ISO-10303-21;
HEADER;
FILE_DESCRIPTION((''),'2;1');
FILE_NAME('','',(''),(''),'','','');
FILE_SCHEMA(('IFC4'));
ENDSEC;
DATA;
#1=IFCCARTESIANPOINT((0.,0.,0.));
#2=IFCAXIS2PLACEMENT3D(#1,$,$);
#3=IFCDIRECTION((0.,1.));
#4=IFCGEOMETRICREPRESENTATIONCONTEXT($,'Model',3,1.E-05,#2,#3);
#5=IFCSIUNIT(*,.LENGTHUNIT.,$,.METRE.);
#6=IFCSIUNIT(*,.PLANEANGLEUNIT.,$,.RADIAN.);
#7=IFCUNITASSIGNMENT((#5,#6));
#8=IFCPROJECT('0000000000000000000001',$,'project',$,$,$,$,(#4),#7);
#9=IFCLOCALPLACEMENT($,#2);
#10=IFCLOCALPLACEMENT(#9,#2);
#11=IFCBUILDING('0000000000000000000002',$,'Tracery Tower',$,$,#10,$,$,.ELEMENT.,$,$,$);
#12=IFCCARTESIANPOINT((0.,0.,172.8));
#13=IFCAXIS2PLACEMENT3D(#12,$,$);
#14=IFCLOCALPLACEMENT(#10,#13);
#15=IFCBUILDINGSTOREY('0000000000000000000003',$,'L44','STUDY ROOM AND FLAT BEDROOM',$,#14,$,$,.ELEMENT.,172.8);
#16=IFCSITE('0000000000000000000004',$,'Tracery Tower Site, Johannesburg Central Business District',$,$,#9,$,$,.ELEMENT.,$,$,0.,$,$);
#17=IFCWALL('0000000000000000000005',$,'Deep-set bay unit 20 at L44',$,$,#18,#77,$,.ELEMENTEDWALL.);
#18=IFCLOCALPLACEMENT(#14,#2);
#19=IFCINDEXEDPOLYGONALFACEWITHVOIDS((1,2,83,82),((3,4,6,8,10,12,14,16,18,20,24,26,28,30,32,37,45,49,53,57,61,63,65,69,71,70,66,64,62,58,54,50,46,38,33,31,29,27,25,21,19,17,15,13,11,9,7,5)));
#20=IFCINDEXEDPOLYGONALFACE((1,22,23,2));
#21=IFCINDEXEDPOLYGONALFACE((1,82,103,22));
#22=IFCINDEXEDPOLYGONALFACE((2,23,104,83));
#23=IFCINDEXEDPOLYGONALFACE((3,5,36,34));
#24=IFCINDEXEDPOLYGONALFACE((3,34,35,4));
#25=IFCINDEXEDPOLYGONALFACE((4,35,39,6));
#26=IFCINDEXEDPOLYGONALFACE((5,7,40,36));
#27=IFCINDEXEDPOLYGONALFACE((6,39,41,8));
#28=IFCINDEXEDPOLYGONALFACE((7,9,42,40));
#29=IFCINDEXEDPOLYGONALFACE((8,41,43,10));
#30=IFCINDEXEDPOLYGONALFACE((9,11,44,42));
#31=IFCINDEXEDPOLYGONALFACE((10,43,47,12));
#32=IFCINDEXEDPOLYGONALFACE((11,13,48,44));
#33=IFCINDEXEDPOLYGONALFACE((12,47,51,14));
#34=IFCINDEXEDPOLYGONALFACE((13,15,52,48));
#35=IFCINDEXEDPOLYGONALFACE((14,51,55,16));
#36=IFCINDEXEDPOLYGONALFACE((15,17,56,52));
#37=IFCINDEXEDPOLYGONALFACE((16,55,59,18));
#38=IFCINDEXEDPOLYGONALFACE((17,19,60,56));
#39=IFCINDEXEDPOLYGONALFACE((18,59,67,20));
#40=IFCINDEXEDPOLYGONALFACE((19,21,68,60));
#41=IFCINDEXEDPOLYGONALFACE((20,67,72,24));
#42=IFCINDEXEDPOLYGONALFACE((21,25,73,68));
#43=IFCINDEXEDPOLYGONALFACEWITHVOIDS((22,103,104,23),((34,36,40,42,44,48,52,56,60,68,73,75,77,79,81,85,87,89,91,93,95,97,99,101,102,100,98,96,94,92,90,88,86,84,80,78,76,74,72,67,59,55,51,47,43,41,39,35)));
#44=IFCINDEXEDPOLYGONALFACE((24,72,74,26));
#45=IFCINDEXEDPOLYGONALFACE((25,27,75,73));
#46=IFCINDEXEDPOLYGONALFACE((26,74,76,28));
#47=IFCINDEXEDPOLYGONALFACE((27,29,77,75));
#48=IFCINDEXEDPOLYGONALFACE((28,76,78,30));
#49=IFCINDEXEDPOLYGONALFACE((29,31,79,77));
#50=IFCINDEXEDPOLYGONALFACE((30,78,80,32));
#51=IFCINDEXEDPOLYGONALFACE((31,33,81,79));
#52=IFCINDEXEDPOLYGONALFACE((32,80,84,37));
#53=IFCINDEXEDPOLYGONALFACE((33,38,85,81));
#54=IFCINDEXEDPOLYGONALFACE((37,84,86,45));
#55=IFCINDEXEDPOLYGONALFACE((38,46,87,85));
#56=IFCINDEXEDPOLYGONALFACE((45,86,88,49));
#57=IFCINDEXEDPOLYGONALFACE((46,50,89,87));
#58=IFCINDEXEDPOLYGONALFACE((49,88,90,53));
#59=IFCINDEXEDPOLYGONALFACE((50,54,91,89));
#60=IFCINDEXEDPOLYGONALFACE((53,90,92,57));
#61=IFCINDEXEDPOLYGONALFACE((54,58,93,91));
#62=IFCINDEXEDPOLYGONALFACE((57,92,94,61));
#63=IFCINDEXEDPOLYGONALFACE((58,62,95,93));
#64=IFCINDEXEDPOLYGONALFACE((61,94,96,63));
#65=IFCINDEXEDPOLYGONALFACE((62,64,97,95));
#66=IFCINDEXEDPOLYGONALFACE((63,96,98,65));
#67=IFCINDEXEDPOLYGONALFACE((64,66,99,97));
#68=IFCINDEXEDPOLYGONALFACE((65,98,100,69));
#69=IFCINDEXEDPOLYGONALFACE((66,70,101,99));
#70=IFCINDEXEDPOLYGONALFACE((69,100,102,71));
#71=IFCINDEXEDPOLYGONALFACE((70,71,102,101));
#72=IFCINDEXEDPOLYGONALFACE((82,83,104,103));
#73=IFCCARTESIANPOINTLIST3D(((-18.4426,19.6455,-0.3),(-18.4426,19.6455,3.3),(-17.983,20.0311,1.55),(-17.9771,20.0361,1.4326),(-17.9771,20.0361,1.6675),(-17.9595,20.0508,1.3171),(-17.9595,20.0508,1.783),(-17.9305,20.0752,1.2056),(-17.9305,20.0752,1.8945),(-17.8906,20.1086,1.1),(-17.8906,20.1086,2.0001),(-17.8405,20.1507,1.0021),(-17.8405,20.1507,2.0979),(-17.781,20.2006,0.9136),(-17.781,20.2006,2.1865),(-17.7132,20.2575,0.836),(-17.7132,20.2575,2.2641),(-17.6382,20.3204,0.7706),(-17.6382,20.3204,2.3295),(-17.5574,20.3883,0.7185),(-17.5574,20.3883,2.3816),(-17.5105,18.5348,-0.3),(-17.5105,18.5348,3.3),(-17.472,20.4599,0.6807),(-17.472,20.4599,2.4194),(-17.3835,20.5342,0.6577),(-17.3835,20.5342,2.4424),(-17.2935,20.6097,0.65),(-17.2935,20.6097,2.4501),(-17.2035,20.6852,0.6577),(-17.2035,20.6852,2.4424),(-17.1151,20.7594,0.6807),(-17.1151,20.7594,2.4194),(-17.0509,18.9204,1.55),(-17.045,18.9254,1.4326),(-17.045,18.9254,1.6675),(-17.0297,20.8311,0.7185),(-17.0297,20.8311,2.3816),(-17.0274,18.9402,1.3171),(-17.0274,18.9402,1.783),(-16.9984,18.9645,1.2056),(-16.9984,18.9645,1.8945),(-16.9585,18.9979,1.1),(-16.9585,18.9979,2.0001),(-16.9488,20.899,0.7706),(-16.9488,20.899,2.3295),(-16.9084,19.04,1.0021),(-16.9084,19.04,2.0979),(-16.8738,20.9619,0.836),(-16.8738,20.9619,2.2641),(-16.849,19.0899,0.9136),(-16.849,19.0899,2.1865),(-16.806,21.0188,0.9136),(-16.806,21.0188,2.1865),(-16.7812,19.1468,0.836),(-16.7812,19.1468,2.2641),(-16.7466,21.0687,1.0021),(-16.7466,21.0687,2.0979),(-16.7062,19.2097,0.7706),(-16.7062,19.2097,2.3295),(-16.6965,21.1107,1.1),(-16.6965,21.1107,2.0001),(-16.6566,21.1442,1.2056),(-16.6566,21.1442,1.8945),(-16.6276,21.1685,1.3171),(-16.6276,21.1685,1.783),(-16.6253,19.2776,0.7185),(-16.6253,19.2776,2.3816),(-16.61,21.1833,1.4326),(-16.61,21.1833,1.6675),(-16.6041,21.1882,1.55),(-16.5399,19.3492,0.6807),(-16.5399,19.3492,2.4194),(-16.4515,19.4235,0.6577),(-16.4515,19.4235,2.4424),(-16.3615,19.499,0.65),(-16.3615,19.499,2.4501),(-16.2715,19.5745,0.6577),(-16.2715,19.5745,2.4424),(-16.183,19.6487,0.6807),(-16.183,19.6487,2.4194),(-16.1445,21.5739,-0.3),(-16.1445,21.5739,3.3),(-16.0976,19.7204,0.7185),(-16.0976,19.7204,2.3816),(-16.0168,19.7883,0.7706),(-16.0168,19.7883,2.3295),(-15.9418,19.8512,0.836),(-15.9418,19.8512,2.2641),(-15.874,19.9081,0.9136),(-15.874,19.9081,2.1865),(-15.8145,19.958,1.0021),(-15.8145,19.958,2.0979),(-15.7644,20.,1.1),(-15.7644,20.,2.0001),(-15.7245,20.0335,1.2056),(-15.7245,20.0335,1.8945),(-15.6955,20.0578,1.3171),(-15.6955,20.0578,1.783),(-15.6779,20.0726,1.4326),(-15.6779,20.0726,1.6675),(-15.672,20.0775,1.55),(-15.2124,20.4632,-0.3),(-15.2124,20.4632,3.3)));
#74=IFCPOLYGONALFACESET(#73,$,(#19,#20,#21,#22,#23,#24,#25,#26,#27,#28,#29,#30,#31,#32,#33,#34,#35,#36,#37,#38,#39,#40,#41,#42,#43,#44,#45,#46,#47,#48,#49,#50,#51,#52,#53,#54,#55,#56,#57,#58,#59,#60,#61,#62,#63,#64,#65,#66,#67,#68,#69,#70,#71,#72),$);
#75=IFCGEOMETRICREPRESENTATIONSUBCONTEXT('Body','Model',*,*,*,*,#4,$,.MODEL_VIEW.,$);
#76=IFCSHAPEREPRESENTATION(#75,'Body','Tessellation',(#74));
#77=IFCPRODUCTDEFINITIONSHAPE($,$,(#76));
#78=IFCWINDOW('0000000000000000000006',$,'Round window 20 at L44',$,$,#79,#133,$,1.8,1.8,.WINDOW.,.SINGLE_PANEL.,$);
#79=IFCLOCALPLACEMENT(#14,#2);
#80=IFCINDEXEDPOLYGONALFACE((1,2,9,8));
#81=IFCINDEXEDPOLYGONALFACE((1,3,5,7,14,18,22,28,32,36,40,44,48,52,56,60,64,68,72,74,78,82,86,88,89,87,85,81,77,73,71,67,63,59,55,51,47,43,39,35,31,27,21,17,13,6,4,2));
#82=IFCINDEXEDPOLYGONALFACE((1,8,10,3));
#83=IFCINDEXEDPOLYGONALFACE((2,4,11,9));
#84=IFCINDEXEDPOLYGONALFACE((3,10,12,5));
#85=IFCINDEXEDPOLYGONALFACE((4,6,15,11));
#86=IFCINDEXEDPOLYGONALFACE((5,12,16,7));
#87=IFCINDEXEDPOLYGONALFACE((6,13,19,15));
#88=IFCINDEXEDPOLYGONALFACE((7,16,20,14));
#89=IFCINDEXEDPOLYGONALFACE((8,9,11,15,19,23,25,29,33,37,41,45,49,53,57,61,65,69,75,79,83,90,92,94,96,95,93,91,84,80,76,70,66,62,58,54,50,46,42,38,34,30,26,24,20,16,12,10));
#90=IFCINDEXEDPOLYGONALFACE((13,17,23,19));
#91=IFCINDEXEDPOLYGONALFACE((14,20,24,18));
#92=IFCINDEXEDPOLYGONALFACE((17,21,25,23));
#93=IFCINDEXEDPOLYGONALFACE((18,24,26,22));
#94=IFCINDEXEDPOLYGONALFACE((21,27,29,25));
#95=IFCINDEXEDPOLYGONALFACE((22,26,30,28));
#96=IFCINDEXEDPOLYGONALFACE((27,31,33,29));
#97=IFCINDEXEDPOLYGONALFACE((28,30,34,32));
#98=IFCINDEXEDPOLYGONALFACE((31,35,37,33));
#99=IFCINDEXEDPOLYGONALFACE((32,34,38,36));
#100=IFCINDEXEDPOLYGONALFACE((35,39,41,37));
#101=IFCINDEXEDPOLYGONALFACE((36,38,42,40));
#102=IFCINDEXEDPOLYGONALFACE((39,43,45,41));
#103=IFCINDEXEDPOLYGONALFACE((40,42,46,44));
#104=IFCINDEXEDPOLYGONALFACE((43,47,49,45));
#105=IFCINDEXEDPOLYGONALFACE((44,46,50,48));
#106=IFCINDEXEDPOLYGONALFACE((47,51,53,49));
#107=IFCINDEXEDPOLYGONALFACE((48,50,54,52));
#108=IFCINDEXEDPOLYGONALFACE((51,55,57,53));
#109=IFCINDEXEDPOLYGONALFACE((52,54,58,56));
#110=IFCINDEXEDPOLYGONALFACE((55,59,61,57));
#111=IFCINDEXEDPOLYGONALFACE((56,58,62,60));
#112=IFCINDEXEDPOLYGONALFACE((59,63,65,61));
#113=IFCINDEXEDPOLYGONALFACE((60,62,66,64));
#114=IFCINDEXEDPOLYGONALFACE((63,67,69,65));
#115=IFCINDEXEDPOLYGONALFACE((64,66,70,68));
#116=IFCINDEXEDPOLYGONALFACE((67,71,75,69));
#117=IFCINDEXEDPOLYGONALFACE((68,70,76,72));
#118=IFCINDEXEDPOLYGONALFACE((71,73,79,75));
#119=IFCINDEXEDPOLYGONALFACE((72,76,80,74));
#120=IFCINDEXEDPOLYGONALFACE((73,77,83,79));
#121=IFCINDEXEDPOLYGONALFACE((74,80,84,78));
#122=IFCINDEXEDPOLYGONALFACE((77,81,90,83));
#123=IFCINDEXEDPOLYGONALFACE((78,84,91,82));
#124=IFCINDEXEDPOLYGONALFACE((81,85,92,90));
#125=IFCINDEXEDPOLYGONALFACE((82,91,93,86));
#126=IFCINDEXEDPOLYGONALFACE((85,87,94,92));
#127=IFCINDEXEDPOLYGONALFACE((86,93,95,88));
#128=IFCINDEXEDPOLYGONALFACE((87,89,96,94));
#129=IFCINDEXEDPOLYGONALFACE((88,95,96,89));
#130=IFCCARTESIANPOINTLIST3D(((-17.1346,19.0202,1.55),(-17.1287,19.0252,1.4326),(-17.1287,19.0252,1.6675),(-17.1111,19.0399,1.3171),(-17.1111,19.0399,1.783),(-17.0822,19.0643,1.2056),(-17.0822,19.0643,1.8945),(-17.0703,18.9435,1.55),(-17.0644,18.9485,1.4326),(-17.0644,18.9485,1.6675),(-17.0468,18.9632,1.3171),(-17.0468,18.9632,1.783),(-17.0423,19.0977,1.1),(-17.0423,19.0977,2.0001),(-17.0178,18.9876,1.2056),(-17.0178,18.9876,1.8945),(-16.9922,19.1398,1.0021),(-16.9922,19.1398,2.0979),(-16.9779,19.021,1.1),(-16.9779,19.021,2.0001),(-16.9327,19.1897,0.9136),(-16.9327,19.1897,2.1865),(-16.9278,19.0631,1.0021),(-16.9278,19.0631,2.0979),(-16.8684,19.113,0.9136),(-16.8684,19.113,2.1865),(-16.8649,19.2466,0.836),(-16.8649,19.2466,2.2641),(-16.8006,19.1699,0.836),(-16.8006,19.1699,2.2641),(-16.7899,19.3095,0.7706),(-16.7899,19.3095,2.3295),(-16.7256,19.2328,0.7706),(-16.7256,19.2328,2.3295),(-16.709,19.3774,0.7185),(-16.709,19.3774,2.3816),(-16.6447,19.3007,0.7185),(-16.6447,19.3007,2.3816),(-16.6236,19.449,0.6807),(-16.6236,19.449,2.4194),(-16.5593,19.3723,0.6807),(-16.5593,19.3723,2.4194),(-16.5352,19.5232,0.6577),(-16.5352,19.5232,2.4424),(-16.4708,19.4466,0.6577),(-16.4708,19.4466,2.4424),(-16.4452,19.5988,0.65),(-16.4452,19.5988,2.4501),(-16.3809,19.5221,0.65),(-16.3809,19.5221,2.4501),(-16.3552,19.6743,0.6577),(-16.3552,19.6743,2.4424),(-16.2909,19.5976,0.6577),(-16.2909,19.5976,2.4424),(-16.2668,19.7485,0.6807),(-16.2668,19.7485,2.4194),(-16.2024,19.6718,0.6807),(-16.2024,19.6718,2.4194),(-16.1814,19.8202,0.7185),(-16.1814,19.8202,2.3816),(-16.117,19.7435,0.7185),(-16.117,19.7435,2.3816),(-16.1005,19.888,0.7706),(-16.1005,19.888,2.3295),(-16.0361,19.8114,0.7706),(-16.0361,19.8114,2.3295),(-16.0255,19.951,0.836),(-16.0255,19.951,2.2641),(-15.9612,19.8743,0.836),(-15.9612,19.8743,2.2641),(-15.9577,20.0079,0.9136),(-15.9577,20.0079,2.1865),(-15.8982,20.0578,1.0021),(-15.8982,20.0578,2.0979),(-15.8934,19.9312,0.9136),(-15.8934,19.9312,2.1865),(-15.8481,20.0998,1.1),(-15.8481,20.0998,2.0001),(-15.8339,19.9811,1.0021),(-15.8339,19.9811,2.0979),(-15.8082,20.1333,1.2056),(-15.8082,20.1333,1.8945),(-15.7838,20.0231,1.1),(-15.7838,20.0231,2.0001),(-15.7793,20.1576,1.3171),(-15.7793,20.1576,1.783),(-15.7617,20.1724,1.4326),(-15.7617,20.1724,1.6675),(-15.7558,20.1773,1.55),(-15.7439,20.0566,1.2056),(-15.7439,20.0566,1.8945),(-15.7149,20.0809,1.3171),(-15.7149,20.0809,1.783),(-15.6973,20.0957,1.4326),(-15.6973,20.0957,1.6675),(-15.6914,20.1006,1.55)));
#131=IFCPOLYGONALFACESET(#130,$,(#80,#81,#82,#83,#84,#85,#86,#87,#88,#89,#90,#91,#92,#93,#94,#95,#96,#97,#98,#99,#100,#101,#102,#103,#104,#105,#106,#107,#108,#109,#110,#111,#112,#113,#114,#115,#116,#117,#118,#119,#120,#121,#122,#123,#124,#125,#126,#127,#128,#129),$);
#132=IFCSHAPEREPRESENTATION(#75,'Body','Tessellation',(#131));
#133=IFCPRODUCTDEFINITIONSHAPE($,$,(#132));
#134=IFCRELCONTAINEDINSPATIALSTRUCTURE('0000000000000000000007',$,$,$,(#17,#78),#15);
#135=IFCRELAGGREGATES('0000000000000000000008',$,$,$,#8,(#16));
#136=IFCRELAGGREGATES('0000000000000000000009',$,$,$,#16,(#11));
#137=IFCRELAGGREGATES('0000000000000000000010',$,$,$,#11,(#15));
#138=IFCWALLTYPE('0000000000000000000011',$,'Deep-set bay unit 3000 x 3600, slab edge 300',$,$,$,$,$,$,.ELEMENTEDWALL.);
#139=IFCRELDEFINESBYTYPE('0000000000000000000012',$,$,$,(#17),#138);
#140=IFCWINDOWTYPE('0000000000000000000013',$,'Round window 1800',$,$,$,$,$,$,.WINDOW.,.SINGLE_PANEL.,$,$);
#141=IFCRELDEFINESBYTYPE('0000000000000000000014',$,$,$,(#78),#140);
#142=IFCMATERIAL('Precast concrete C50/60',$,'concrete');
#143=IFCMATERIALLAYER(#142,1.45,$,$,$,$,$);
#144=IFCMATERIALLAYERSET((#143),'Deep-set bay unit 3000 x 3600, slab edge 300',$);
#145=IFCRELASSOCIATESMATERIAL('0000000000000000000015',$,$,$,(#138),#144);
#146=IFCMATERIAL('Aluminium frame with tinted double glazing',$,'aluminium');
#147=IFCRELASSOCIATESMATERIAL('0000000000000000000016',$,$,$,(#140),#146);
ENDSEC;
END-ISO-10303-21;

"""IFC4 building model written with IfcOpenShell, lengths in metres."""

from ifc_helpers import new_model, si_unit, direction, frame, frame_2d, origin, origin_2d, place, context, subcontext, project, spatial, rectangle, circle, extrude, material, layer, layer_set, type_object, element, fill, save


model = new_model("IFC4")

# Units and contexts
model_context = context("Model", 3, precision=1e-05, world=origin(), true_north=direction((0.0, 1.0)))
body_context = subcontext(model_context, "Body", "Model", "MODEL_VIEW")
ifc_project = project(units=[si_unit("LENGTHUNIT", "METRE"), si_unit("PLANEANGLEUNIT", "RADIAN")], contexts=[model_context])

# Site, building, storey
site_placement = place(None, origin())
site = spatial("IfcSite", under=ifc_project, at=site_placement, Name="Tracery Tower Site, Johannesburg Central Business District", CompositionType="ELEMENT", RefElevation=0.0)
building_placement = place(site_placement, origin())
building = spatial("IfcBuilding", under=site, at=building_placement, Name="Tracery Tower", CompositionType="ELEMENT")
storey_placement = place(building_placement, frame((0.0, 0.0, 172.8)))
storey = spatial("IfcBuildingStorey", under=building, at=storey_placement, Name="L44", Description="STUDY ROOM AND FLAT BEDROOM", CompositionType="ELEMENT", Elevation=172.8)

# Wall, opening, window
ifc_material_1 = material(Name="Precast concrete C50/60", Category="concrete")
ifc_layer_1 = layer(ifc_material_1, 1.45)
ifc_layer_set_1 = layer_set([ifc_layer_1], Name="Deep-set bay unit 3000 x 3600, slab edge 300")
wall_type_1 = type_object("IfcWallType", Name="Deep-set bay unit 3000 x 3600, slab edge 300", PredefinedType="ELEMENTEDWALL", material=ifc_layer_set_1)
wall_1_placement = place(storey_placement, frame((-15.6785, 21.0186, -0.3), z_axis=(0.0, 0.0, 1.0), x_axis=(-0.766022, -0.642814, 0.0)))
wall_1 = element("IfcWall", 1, at=wall_1_placement, inside=storey, type_object=wall_type_1, Name="Deep-set bay unit 20 at L44", PredefinedType="ELEMENTEDWALL", context=body_context, shape_type="SweptSolid", body=[
    extrude(rectangle(XDim=3.0, YDim=1.45, at=frame_2d((1.5, 0.0))), origin(), (0.0, 0.0, 1.0), 3.6001),
])
opening_1_placement = place(wall_1_placement, frame((1.5, 0.0, 1.8501)))
opening_1 = element("IfcOpeningElement", 2, at=opening_1_placement, cuts=wall_1, PredefinedType="OPENING", context=body_context, shape_type="SweptSolid", body=[
    extrude(circle(Radius=0.9, at=origin_2d()), frame((0.0, 0.7349, 0.0), z_axis=(0.0, -1.0, 0.0), x_axis=(1.0, 0.0, 0.0)), (0.0, 0.0, 1.0), 1.47),
])
ifc_material_2 = material(Name="Aluminium frame with tinted double glazing", Category="aluminium")
window_type = type_object("IfcWindowType", Name="Round window 1800", PartitioningType="SINGLE_PANEL", PredefinedType="WINDOW", material=ifc_material_2)
window_1_placement = place(opening_1_placement, origin())
window_1 = element("IfcWindow", 3, at=window_1_placement, inside=storey, type_object=window_type, Name="Round window 20 at L44", OverallHeight=1.8, OverallWidth=1.8, PartitioningType="SINGLE_PANEL", PredefinedType="WINDOW", context=body_context, shape_type="SweptSolid", body=[
    extrude(circle(Radius=0.9, at=origin_2d()), frame((0.0, 0.6948, 0.0), z_axis=(0.0, -1.0, 0.0), x_axis=(1.0, 0.0, 0.0)), (0.0, 0.0, 1.0), 0.1001),
])
fill(opening_1, window_1)

save(model, "model.ifc")
